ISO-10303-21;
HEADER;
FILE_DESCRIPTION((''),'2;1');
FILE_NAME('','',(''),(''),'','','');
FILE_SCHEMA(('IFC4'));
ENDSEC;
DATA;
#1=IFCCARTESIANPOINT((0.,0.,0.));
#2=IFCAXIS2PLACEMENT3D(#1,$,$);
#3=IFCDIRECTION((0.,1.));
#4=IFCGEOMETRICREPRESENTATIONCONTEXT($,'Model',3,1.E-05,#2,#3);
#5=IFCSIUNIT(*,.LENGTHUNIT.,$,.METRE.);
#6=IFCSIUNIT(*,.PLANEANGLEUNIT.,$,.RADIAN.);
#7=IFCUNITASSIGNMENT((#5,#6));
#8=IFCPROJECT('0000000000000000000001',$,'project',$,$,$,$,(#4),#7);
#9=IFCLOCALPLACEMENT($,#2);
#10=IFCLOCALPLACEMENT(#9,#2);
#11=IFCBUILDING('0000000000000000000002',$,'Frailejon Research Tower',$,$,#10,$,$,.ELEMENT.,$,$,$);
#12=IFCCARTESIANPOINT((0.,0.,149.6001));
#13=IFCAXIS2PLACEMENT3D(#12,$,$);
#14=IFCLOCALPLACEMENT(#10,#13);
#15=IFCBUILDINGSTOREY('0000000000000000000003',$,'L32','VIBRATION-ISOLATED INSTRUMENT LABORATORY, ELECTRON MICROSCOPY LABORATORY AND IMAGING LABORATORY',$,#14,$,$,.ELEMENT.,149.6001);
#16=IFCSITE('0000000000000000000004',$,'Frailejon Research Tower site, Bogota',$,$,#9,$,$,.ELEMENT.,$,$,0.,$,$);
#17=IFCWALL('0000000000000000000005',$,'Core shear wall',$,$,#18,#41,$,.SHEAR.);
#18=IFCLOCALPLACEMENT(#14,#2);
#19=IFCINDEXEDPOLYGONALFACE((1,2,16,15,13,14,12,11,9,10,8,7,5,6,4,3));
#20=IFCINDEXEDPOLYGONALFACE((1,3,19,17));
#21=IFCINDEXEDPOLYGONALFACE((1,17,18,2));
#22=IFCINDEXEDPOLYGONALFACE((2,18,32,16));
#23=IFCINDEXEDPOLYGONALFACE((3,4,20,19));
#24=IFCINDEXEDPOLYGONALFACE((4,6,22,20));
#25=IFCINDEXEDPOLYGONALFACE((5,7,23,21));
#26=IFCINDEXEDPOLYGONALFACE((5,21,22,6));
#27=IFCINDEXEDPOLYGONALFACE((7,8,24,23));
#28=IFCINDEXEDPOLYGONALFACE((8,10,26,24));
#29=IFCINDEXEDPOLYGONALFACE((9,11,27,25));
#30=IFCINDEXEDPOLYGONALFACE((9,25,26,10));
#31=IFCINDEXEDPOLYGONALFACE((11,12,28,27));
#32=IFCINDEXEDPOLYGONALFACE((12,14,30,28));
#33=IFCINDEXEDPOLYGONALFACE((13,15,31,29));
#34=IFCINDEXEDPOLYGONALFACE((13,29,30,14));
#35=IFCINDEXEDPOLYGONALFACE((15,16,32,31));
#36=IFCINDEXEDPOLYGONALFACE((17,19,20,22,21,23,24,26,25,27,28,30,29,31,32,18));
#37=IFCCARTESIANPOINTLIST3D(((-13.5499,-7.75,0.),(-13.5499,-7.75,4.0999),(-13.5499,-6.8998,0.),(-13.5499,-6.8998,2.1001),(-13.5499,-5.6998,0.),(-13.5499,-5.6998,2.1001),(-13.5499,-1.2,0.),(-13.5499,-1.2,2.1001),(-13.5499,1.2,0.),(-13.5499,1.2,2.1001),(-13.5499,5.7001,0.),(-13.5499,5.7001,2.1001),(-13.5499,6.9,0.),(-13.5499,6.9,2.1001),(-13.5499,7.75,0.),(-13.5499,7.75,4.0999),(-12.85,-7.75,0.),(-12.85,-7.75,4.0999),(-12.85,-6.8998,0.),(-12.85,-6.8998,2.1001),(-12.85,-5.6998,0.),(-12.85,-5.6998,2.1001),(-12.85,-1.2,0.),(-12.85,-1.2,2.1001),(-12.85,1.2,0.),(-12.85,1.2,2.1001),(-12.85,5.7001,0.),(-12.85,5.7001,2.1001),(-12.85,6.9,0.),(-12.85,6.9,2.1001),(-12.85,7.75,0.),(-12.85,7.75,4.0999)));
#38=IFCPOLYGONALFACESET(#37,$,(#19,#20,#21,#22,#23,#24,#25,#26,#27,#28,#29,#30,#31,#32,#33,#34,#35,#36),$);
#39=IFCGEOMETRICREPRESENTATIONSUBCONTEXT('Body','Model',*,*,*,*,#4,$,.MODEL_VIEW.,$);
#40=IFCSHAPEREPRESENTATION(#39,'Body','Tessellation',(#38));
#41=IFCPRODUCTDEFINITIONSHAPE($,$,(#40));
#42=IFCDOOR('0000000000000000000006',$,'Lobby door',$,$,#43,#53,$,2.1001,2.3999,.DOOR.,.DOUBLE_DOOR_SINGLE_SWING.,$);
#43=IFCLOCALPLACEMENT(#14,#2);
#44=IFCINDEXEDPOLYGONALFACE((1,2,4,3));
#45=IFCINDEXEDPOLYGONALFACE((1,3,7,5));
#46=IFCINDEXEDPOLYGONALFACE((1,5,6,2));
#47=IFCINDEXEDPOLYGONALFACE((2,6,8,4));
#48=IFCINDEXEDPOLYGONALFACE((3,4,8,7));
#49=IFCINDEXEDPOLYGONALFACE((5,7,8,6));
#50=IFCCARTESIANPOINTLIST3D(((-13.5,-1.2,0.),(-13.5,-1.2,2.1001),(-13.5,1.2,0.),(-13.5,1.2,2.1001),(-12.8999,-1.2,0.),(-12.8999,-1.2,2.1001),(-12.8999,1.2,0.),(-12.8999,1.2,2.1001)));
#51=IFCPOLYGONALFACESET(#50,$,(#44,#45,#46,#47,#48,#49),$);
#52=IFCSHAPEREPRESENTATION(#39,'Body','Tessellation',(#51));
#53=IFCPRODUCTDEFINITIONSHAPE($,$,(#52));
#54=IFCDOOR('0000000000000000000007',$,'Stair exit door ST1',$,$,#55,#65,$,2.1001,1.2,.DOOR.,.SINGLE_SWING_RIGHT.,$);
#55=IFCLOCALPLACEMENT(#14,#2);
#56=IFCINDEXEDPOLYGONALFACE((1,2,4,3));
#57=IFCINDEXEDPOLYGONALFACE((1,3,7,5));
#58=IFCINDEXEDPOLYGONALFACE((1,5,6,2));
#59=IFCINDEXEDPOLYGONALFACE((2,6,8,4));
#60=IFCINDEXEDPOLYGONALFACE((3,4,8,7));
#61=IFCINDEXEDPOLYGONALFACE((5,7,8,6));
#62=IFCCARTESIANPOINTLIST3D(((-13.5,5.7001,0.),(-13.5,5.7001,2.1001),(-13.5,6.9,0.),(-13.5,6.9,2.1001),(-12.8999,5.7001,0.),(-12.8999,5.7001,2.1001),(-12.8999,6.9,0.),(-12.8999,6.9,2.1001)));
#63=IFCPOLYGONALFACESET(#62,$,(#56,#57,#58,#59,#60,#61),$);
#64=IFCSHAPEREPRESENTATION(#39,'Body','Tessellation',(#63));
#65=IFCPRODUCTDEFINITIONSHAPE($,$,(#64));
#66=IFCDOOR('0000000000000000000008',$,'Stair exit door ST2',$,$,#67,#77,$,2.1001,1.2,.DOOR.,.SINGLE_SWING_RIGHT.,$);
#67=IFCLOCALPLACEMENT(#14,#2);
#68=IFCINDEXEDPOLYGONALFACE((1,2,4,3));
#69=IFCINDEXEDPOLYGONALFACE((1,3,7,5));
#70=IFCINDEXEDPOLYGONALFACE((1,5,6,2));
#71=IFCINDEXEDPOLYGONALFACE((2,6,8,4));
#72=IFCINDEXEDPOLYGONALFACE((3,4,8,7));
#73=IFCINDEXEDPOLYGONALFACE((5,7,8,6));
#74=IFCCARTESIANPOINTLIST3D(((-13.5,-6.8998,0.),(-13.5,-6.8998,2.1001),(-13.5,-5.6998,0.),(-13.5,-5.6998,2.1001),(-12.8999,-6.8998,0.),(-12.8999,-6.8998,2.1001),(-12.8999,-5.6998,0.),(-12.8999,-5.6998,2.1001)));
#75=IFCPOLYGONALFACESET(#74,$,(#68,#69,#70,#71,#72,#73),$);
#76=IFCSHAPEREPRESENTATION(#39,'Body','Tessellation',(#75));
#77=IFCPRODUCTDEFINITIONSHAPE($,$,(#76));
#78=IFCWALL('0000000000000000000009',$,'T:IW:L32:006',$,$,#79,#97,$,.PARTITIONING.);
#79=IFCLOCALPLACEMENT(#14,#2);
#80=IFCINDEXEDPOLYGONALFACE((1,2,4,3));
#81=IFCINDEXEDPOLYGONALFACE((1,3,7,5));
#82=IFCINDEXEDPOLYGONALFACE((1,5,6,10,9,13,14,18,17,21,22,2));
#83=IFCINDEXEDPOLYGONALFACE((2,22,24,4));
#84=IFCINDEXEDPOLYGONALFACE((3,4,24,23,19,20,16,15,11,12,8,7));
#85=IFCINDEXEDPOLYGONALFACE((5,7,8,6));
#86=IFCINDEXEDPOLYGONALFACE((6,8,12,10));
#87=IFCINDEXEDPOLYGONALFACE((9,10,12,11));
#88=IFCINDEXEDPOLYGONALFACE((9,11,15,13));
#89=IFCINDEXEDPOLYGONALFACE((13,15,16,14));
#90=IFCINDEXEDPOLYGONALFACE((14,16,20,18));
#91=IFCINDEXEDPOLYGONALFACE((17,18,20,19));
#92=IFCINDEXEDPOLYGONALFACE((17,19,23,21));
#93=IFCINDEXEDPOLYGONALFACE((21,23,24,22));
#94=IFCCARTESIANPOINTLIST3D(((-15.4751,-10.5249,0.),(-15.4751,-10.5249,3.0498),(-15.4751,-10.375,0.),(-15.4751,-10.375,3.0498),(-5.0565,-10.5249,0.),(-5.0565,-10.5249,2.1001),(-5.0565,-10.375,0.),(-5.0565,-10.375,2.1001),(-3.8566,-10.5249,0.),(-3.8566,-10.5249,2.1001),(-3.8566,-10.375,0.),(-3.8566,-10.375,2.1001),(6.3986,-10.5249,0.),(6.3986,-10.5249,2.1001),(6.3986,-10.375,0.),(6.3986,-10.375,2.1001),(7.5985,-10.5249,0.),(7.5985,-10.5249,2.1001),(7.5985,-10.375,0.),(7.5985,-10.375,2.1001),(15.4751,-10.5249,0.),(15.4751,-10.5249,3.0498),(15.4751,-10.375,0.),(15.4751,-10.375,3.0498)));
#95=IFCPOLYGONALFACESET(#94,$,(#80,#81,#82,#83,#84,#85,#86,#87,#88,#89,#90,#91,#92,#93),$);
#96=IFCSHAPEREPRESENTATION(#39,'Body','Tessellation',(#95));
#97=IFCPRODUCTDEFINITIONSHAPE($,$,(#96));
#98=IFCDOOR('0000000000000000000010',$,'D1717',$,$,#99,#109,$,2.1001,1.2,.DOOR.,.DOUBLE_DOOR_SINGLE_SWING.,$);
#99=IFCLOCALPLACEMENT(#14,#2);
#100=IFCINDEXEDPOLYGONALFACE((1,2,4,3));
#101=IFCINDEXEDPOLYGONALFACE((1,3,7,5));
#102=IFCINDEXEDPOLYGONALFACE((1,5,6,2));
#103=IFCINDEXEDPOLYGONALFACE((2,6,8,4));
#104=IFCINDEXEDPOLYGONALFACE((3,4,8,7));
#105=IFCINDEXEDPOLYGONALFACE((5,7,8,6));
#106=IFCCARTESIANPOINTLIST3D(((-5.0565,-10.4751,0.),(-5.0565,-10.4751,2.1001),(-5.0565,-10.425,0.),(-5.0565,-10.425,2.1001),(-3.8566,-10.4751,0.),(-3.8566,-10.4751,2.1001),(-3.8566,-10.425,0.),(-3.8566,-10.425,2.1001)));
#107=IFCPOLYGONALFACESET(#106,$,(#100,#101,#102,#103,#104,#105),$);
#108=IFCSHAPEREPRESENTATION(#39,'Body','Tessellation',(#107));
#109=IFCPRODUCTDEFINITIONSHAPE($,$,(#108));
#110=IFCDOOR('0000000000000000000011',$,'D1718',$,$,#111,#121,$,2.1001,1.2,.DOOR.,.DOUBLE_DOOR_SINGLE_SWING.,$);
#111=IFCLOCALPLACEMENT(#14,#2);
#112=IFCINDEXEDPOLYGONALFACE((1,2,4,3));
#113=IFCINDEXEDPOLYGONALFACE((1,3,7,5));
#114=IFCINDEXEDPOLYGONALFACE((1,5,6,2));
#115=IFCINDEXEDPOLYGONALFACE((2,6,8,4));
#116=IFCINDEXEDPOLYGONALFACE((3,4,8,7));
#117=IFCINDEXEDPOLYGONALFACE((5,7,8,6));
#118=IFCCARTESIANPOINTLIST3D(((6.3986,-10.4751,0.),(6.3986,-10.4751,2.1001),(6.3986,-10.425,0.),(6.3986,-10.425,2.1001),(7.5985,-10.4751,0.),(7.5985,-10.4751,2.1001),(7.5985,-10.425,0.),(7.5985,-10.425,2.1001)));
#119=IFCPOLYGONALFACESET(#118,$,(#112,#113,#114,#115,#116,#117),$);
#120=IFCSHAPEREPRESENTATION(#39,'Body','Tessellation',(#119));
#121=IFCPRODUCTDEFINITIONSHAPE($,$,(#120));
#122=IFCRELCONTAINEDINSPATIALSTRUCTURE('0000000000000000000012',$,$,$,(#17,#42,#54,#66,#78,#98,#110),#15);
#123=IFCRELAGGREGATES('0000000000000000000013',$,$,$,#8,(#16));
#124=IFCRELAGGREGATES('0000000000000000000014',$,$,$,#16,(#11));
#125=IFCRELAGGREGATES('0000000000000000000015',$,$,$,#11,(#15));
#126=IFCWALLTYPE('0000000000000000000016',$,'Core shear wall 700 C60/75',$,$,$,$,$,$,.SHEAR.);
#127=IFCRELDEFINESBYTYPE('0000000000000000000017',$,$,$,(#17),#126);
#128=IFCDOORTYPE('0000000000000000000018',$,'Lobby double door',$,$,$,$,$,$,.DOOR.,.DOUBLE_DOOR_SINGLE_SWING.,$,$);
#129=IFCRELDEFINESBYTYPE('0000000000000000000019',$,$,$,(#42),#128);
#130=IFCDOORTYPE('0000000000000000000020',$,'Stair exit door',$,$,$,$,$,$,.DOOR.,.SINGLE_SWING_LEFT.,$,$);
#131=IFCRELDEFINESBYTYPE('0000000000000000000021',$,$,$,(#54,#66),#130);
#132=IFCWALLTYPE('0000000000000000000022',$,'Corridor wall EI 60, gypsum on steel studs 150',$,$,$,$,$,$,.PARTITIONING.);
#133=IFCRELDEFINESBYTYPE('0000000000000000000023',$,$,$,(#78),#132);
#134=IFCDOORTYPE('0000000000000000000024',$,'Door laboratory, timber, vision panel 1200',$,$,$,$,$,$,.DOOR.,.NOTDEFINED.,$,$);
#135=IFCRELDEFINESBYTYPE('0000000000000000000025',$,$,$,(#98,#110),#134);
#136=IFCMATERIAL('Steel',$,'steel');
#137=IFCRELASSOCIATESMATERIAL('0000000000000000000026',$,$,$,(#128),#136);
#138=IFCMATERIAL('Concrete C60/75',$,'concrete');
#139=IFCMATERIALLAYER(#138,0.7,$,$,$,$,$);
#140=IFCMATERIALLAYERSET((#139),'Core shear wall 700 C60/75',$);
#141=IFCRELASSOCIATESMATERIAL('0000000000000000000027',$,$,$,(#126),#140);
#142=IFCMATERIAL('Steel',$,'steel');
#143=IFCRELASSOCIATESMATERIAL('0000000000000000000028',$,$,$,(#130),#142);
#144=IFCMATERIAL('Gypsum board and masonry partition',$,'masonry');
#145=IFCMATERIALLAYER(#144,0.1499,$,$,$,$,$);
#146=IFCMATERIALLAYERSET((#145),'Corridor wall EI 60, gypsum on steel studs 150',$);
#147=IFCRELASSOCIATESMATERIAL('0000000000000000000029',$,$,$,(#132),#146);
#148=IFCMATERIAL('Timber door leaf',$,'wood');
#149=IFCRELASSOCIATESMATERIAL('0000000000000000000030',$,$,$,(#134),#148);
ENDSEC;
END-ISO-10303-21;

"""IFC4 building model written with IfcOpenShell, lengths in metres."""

from ifc_helpers import new_model, si_unit, direction, frame, frame_2d, origin, place, context, subcontext, project, spatial, rectangle, extrude, material, layer, layer_set, type_object, element, fill, save


model = new_model("IFC4")

# Units and contexts
model_context = context("Model", 3, precision=1e-05, world=origin(), true_north=direction((0.0, 1.0)))
body_context = subcontext(model_context, "Body", "Model", "MODEL_VIEW")
ifc_project = project(units=[si_unit("LENGTHUNIT", "METRE"), si_unit("PLANEANGLEUNIT", "RADIAN")], contexts=[model_context])

# Site, building, storey
site_placement = place(None, origin())
site = spatial("IfcSite", under=ifc_project, at=site_placement, Name="Frailejon Research Tower site, Bogota", CompositionType="ELEMENT", RefElevation=0.0)
building_placement = place(site_placement, origin())
building = spatial("IfcBuilding", under=site, at=building_placement, Name="Frailejon Research Tower", CompositionType="ELEMENT")
storey_placement = place(building_placement, frame((0.0, 0.0, 149.6001)))
storey = spatial("IfcBuildingStorey", under=building, at=storey_placement, Name="L32", Description="VIBRATION-ISOLATED INSTRUMENT LABORATORY, ELECTRON MICROSCOPY LABORATORY AND IMAGING LABORATORY", CompositionType="ELEMENT", Elevation=149.6001)

# Shared definitions
ifc_material_1 = material(Name="Steel", Category="steel")
door_type_1 = type_object("IfcDoorType", Name="Lobby double door", OperationType="DOUBLE_DOOR_SINGLE_SWING", PredefinedType="DOOR", material=ifc_material_1)

# Shared definitions
ifc_material_2 = material(Name="Concrete C60/75", Category="concrete")
ifc_layer_1 = layer(ifc_material_2, 0.7)
ifc_layer_set_1 = layer_set([ifc_layer_1], Name="Core shear wall 700 C60/75")
wall_type_1 = type_object("IfcWallType", Name="Core shear wall 700 C60/75", PredefinedType="SHEAR", material=ifc_layer_set_1)

# Walls, openings, doors
wall_1_placement = place(storey_placement, frame((-13.2, -7.75, 0.0), z_axis=(0.0, 0.0, 1.0), x_axis=(0.0, 1.0, 0.0)))
wall_1 = element("IfcWall", 1, at=wall_1_placement, inside=storey, type_object=wall_type_1, Name="Core shear wall", PredefinedType="SHEAR", context=body_context, shape_type="SweptSolid", body=[
    extrude(rectangle(XDim=15.5, YDim=0.7, at=frame_2d((7.75, 0.0))), origin(), (0.0, 0.0, 1.0), 4.0999),
])
opening_1_placement = place(wall_1_placement, frame((6.55, 0.0, 0.0)))
opening_1 = element("IfcOpeningElement", 2, at=opening_1_placement, cuts=wall_1, PredefinedType="OPENING", context=body_context, shape_type="SweptSolid", body=[
    extrude(rectangle(XDim=2.3999, YDim=2.1001, at=frame_2d((1.2, 1.05))), frame((0.0, 0.3599, 0.0), z_axis=(0.0, -1.0, 0.0), x_axis=(1.0, 0.0, 0.0)), (0.0, 0.0, 1.0), 0.72),
])
opening_2_placement = place(wall_1_placement, frame((13.45, 0.0, 0.0)))
opening_2 = element("IfcOpeningElement", 3, at=opening_2_placement, cuts=wall_1, PredefinedType="OPENING", context=body_context, shape_type="SweptSolid", body=[
    extrude(rectangle(XDim=1.2, YDim=2.1001, at=frame_2d((0.6001, 1.05))), frame((0.0, 0.3599, 0.0), z_axis=(0.0, -1.0, 0.0), x_axis=(1.0, 0.0, 0.0)), (0.0, 0.0, 1.0), 0.72),
])
opening_3_placement = place(wall_1_placement, frame((0.8501, 0.0, 0.0)))
opening_3 = element("IfcOpeningElement", 4, at=opening_3_placement, cuts=wall_1, PredefinedType="OPENING", context=body_context, shape_type="SweptSolid", body=[
    extrude(rectangle(XDim=1.2, YDim=2.1001, at=frame_2d((0.6001, 1.05))), frame((0.0, 0.3599, 0.0), z_axis=(0.0, -1.0, 0.0), x_axis=(1.0, 0.0, 0.0)), (0.0, 0.0, 1.0), 0.72),
])
door_1_placement = place(opening_1_placement, origin())
door_1 = element("IfcDoor", 5, at=door_1_placement, inside=storey, type_object=door_type_1, Name="Lobby door", OperationType="DOUBLE_DOOR_SINGLE_SWING", OverallHeight=2.1001, OverallWidth=2.3999, PredefinedType="DOOR", context=body_context, shape_type="SweptSolid", body=[
    extrude(rectangle(XDim=2.3999, YDim=2.1001, at=frame_2d((1.2, 1.05))), frame((0.0, 0.3, 0.0), z_axis=(0.0, -1.0, 0.0), x_axis=(1.0, 0.0, 0.0)), (0.0, 0.0, 1.0), 0.6001),
])
fill(opening_1, door_1)
ifc_material_3 = material(Name="Steel", Category="steel")
door_type_2 = type_object("IfcDoorType", Name="Stair exit door", OperationType="SINGLE_SWING_LEFT", PredefinedType="DOOR", material=ifc_material_3)
door_2_placement = place(opening_2_placement, origin())
door_2 = element("IfcDoor", 6, at=door_2_placement, inside=storey, type_object=door_type_2, Name="Stair exit door ST1", OperationType="SINGLE_SWING_RIGHT", OverallHeight=2.1001, OverallWidth=1.2, PredefinedType="DOOR", context=body_context, shape_type="SweptSolid", body=[
    extrude(rectangle(XDim=1.2, YDim=2.1001, at=frame_2d((0.6001, 1.05))), frame((0.0, 0.3, 0.0), z_axis=(0.0, -1.0, 0.0), x_axis=(1.0, 0.0, 0.0)), (0.0, 0.0, 1.0), 0.6001),
])
fill(opening_2, door_2)
door_3_placement = place(opening_3_placement, origin())
door_3 = element("IfcDoor", 7, at=door_3_placement, inside=storey, type_object=door_type_2, Name="Stair exit door ST2", OperationType="SINGLE_SWING_RIGHT", OverallHeight=2.1001, OverallWidth=1.2, PredefinedType="DOOR", context=body_context, shape_type="SweptSolid", body=[
    extrude(rectangle(XDim=1.2, YDim=2.1001, at=frame_2d((0.6001, 1.05))), frame((0.0, 0.3, 0.0), z_axis=(0.0, -1.0, 0.0), x_axis=(1.0, 0.0, 0.0)), (0.0, 0.0, 1.0), 0.6001),
])
fill(opening_3, door_3)
ifc_material_4 = material(Name="Gypsum board and masonry partition", Category="masonry")
ifc_layer_2 = layer(ifc_material_4, 0.1499)
ifc_layer_set_2 = layer_set([ifc_layer_2], Name="Corridor wall EI 60, gypsum on steel studs 150")
wall_type_2 = type_object("IfcWallType", Name="Corridor wall EI 60, gypsum on steel studs 150", PredefinedType="PARTITIONING", material=ifc_layer_set_2)
wall_2_placement = place(storey_placement, frame((-15.4751, -10.45, 0.0), z_axis=(0.0, 0.0, 1.0), x_axis=(1.0, 0.0, 0.0)))
wall_2 = element("IfcWall", 8, at=wall_2_placement, inside=storey, type_object=wall_type_2, Name="T:IW:L32:006", PredefinedType="PARTITIONING", context=body_context, shape_type="SweptSolid", body=[
    extrude(rectangle(XDim=30.9502, YDim=0.1499, at=frame_2d((15.4751, 0.0))), origin(), (0.0, 0.0, 1.0), 3.0498),
])
opening_4_placement = place(wall_2_placement, frame((10.4185, 0.0, 0.0)))
opening_4 = element("IfcOpeningElement", 9, at=opening_4_placement, cuts=wall_2, PredefinedType="OPENING", context=body_context, shape_type="SweptSolid", body=[
    extrude(rectangle(XDim=1.2, YDim=2.1001, at=frame_2d((0.6001, 1.05))), frame((0.0, 0.085, 0.0), z_axis=(0.0, -1.0, 0.0), x_axis=(1.0, 0.0, 0.0)), (0.0, 0.0, 1.0), 0.1699),
])
opening_5_placement = place(wall_2_placement, frame((21.8735, 0.0, 0.0)))
opening_5 = element("IfcOpeningElement", 10, at=opening_5_placement, cuts=wall_2, PredefinedType="OPENING", context=body_context, shape_type="SweptSolid", body=[
    extrude(rectangle(XDim=1.2, YDim=2.1001, at=frame_2d((0.6001, 1.05))), frame((0.0, 0.085, 0.0), z_axis=(0.0, -1.0, 0.0), x_axis=(1.0, 0.0, 0.0)), (0.0, 0.0, 1.0), 0.1699),
])
ifc_material_5 = material(Name="Timber door leaf", Category="wood")
door_type_3 = type_object("IfcDoorType", Name="Door laboratory, timber, vision panel 1200", OperationType="NOTDEFINED", PredefinedType="DOOR", material=ifc_material_5)
door_4_placement = place(opening_4_placement, origin())
door_4 = element("IfcDoor", 11, at=door_4_placement, inside=storey, type_object=door_type_3, Name="D1717", OperationType="DOUBLE_DOOR_SINGLE_SWING", OverallHeight=2.1001, OverallWidth=1.2, PredefinedType="DOOR", context=body_context, shape_type="SweptSolid", body=[
    extrude(rectangle(XDim=1.2, YDim=2.1001, at=frame_2d((0.6001, 1.05))), frame((0.0, 0.0249, 0.0), z_axis=(0.0, -1.0, 0.0), x_axis=(1.0, 0.0, 0.0)), (0.0, 0.0, 1.0), 0.05),
])
fill(opening_4, door_4)
door_5_placement = place(opening_5_placement, origin())
door_5 = element("IfcDoor", 12, at=door_5_placement, inside=storey, type_object=door_type_3, Name="D1718", OperationType="DOUBLE_DOOR_SINGLE_SWING", OverallHeight=2.1001, OverallWidth=1.2, PredefinedType="DOOR", context=body_context, shape_type="SweptSolid", body=[
    extrude(rectangle(XDim=1.2, YDim=2.1001, at=frame_2d((0.6001, 1.05))), frame((0.0, 0.0249, 0.0), z_axis=(0.0, -1.0, 0.0), x_axis=(1.0, 0.0, 0.0)), (0.0, 0.0, 1.0), 0.05),
])
fill(opening_5, door_5)

save(model, "model.ifc")
